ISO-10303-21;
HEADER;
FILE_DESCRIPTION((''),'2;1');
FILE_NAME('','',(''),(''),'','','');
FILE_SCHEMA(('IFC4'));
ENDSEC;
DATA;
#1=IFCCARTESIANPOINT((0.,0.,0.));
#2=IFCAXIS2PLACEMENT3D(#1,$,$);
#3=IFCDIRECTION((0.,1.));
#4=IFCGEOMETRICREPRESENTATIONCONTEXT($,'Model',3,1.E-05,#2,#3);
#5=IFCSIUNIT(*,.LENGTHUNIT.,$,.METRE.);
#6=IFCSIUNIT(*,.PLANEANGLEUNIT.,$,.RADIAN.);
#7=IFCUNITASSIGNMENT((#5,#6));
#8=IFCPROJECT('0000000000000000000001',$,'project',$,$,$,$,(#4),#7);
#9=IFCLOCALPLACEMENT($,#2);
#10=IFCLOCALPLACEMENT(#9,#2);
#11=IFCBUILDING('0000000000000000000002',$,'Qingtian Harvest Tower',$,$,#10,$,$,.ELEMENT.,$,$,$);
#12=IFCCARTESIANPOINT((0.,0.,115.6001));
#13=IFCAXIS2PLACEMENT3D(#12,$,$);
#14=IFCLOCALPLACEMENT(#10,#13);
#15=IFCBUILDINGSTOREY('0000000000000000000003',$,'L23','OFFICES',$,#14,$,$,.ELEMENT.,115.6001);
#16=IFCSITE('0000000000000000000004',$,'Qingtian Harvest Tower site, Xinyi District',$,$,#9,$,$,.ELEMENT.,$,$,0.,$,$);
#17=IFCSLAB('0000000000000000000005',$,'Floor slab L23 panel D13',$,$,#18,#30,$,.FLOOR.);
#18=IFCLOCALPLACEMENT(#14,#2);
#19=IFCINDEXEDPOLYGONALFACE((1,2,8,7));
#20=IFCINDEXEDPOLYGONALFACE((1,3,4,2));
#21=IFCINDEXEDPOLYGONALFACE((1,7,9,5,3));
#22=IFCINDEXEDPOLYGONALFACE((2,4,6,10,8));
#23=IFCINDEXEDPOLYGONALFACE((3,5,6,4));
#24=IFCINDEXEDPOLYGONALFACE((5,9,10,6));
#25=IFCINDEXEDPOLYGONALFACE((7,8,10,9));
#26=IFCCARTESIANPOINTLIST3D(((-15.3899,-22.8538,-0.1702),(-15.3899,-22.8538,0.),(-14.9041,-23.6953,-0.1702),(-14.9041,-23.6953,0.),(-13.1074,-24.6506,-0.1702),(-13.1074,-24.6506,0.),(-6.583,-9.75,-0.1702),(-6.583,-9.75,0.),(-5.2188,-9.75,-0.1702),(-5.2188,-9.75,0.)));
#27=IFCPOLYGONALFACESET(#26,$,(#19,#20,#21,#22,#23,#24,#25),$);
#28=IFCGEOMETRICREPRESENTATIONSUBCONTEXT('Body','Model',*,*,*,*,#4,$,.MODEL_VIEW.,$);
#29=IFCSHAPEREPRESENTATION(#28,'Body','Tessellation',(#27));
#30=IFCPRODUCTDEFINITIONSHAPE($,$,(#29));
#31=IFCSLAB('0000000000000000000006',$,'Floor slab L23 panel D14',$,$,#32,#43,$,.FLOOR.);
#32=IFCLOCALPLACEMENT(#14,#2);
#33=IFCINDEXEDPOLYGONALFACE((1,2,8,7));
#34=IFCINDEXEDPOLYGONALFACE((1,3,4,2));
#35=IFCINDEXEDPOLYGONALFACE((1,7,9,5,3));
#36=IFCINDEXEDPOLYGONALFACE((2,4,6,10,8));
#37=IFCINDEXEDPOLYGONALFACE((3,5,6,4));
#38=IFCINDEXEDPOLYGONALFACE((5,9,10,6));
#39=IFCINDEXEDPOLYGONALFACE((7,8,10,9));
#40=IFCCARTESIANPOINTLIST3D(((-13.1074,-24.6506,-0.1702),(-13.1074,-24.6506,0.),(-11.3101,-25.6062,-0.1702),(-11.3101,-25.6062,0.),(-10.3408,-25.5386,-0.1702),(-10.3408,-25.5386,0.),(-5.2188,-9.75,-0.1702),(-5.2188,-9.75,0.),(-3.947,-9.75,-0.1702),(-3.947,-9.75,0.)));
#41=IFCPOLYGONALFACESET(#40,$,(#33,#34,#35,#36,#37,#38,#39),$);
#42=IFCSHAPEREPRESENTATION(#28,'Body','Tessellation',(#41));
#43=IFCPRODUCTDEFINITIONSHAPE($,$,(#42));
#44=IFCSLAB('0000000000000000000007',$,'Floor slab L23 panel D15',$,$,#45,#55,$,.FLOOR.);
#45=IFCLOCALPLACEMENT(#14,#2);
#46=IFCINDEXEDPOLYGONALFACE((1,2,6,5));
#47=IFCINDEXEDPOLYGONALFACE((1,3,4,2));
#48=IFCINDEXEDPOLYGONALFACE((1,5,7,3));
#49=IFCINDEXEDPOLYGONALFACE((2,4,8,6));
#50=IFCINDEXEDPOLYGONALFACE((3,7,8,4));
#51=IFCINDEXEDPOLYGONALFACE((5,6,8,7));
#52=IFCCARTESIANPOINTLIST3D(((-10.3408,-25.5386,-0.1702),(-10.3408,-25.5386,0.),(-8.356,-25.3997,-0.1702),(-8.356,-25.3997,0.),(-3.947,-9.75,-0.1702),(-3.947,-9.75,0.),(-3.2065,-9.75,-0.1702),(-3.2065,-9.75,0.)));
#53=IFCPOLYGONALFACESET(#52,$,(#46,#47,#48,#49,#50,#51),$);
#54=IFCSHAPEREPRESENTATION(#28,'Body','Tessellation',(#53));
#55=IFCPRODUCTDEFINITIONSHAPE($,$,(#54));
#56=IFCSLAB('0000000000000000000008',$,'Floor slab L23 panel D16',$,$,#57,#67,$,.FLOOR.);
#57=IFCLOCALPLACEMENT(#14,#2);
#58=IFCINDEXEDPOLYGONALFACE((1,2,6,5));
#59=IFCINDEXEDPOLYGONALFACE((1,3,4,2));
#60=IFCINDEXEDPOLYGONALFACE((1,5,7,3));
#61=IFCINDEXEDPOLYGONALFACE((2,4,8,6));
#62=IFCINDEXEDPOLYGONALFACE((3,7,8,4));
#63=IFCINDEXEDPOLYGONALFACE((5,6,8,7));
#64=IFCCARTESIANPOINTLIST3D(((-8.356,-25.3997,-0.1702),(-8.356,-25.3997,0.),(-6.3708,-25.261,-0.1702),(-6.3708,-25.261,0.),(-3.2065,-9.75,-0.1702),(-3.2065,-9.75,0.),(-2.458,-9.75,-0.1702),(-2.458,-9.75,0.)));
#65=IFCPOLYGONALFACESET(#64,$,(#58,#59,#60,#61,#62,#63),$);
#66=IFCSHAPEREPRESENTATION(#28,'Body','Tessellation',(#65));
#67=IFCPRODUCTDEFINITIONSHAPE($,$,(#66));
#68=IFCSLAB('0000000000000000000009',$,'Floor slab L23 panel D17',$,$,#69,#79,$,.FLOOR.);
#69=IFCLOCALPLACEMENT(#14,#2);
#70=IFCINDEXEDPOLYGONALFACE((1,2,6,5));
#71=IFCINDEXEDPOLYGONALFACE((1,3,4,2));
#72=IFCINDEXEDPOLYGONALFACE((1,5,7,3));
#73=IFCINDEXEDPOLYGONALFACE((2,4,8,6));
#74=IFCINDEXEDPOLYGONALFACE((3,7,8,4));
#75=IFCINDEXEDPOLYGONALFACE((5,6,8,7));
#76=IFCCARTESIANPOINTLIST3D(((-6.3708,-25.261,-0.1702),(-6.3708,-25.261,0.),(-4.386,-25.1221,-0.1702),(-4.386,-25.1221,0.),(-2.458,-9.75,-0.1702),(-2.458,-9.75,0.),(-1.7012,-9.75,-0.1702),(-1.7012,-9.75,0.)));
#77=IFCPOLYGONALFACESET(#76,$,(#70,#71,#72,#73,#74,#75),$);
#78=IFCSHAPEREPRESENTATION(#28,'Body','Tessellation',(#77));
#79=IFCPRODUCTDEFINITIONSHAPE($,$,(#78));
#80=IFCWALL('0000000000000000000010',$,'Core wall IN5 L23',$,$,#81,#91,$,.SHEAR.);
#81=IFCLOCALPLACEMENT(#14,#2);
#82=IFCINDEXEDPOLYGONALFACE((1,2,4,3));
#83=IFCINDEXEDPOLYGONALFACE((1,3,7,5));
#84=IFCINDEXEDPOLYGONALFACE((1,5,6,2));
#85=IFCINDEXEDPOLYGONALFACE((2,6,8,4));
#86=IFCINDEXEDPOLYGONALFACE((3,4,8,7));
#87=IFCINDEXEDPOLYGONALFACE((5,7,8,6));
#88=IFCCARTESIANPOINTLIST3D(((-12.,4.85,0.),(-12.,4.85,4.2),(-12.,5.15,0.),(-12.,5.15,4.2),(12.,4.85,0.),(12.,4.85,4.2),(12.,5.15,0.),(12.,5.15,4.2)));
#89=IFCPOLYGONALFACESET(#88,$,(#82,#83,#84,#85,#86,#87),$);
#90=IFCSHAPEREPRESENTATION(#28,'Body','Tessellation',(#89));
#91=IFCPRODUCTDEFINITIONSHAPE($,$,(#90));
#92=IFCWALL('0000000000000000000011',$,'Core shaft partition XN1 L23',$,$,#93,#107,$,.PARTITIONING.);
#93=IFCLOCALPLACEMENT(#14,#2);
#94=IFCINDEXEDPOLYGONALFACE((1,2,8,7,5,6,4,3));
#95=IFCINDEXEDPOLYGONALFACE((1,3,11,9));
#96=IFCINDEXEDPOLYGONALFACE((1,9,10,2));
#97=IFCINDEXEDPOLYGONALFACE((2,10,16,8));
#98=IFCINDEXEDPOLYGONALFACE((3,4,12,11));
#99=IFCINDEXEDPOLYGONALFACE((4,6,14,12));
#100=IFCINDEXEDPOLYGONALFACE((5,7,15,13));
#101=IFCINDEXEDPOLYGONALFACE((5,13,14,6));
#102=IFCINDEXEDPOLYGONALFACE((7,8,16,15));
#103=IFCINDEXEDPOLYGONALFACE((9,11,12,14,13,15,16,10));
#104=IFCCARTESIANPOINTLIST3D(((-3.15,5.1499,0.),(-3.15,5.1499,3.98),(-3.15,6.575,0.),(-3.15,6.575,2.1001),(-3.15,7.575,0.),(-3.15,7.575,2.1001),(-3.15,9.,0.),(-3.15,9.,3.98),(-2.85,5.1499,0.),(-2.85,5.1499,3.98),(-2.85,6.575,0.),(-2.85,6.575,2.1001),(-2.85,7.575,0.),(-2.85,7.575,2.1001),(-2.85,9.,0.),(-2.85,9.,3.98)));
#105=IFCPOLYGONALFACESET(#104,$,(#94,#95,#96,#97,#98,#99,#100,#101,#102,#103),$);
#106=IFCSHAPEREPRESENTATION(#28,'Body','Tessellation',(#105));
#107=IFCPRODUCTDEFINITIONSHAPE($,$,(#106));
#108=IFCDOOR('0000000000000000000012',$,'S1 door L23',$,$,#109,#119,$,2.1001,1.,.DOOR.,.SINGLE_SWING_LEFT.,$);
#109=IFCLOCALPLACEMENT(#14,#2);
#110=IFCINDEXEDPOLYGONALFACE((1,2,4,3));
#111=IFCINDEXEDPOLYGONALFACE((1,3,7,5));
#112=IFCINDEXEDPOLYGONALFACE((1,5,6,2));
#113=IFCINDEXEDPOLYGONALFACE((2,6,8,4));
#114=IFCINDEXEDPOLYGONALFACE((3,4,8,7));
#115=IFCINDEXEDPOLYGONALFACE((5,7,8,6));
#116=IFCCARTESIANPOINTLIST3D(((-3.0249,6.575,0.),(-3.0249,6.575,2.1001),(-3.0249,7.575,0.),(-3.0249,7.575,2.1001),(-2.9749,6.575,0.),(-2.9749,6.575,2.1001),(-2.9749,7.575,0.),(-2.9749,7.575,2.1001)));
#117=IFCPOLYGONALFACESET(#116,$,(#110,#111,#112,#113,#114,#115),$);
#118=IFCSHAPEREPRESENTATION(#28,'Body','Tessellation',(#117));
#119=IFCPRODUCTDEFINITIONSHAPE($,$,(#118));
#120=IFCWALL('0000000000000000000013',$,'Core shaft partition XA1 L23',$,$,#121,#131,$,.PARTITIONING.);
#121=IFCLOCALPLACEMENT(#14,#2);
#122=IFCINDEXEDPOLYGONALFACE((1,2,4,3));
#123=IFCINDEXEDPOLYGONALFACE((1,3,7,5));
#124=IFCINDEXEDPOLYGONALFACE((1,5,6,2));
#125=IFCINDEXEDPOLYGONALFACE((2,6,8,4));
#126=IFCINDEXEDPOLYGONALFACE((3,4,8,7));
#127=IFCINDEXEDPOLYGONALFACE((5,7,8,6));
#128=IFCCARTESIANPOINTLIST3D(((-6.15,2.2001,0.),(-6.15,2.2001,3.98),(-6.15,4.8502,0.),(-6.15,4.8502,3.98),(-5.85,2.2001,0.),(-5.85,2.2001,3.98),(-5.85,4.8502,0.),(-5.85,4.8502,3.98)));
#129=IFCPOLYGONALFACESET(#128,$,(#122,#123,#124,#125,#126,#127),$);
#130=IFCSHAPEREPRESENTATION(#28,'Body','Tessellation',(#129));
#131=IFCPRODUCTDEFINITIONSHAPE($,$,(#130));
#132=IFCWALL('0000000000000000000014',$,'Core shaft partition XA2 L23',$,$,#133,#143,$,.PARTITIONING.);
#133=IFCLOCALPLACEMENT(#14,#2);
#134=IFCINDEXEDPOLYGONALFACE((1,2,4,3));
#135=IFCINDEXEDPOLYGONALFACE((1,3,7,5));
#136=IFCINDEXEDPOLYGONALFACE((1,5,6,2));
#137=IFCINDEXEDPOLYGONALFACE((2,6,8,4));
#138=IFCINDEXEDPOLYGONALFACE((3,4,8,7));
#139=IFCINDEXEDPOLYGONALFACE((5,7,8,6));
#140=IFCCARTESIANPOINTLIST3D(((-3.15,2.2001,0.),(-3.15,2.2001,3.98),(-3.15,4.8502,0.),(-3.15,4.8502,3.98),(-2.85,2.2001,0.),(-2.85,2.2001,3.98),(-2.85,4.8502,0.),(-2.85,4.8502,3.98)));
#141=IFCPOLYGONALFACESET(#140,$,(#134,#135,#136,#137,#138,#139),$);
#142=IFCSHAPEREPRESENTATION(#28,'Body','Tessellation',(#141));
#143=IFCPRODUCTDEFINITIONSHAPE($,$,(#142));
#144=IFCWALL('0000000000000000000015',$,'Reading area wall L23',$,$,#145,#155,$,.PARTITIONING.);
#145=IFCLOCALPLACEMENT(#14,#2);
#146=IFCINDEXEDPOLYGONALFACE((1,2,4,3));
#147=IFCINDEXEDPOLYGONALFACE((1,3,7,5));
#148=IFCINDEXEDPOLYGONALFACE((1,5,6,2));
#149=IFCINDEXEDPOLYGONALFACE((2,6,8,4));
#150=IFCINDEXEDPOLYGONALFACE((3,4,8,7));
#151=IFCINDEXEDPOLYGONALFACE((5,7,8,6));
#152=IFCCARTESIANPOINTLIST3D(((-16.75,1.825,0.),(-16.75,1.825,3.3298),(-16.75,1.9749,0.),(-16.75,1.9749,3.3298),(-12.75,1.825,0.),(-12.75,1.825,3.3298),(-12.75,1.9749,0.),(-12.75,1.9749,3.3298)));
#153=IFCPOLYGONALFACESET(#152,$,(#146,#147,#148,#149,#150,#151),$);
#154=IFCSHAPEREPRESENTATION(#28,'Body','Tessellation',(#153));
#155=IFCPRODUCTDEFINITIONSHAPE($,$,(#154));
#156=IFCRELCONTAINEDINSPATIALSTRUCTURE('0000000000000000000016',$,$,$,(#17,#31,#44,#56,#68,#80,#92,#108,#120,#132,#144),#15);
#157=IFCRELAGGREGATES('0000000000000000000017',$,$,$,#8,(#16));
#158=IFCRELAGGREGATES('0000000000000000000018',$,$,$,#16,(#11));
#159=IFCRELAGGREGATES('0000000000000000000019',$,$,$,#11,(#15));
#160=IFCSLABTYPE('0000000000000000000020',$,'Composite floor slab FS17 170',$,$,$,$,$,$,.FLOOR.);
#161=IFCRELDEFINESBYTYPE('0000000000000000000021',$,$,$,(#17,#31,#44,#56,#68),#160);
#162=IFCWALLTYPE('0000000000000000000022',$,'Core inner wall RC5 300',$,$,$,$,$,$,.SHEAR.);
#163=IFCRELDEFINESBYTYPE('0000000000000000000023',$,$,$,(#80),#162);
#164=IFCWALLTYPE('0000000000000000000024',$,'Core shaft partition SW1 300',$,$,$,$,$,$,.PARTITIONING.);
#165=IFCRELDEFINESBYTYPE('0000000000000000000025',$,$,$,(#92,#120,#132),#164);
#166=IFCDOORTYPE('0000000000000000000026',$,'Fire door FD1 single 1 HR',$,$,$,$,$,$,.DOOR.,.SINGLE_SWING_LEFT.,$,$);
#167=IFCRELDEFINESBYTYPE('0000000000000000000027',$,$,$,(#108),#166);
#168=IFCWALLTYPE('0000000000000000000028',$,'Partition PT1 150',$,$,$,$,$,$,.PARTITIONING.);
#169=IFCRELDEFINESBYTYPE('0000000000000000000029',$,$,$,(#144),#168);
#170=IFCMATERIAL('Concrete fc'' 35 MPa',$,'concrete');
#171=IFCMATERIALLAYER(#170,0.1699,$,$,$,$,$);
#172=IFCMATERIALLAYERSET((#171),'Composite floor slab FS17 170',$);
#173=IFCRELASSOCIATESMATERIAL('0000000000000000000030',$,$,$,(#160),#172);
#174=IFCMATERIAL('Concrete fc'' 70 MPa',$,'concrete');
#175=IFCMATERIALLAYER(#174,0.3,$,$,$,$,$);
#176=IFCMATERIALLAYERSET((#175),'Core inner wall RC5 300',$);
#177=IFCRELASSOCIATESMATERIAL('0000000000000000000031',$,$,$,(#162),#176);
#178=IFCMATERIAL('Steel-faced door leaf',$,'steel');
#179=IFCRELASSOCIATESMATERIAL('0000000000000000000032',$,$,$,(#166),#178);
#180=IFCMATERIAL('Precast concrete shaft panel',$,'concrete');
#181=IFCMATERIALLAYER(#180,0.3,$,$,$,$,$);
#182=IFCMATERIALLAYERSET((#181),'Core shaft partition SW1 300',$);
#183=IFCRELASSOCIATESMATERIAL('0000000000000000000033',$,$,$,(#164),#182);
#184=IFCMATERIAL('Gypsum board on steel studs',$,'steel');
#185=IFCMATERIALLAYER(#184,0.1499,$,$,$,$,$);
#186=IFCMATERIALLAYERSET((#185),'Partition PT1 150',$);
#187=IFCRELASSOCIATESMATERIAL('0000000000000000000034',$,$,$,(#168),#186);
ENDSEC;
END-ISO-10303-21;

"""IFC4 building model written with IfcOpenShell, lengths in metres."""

from ifc_helpers import new_model, si_unit, direction, frame, frame_2d, origin, place, context, subcontext, project, spatial, polyline, rectangle, outline, extrude, material, layer, layer_set, type_object, element, fill, save


model = new_model("IFC4")

# Units and contexts
model_context = context("Model", 3, precision=1e-05, world=origin(), true_north=direction((0.0, 1.0)))
body_context = subcontext(model_context, "Body", "Model", "MODEL_VIEW")
ifc_project = project(units=[si_unit("LENGTHUNIT", "METRE"), si_unit("PLANEANGLEUNIT", "RADIAN")], contexts=[model_context])

# Site, building, storey
site_placement = place(None, origin())
site = spatial("IfcSite", under=ifc_project, at=site_placement, Name="Qingtian Harvest Tower site, Xinyi District", CompositionType="ELEMENT", RefElevation=0.0)
building_placement = place(site_placement, origin())
building = spatial("IfcBuilding", under=site, at=building_placement, Name="Qingtian Harvest Tower", CompositionType="ELEMENT")
storey_placement = place(building_placement, frame((0.0, 0.0, 115.6001)))
storey = spatial("IfcBuildingStorey", under=building, at=storey_placement, Name="L23", Description="OFFICES", CompositionType="ELEMENT", Elevation=115.6001)

# Slabs
ifc_material_1 = material(Name="Concrete fc' 35 MPa", Category="concrete")
ifc_layer_1 = layer(ifc_material_1, 0.1699)
ifc_layer_set_1 = layer_set([ifc_layer_1], Name="Composite floor slab FS17 170")
slab_type = type_object("IfcSlabType", Name="Composite floor slab FS17 170", PredefinedType="FLOOR", material=ifc_layer_set_1)
slab_1_placement = place(storey_placement, frame((0.0, 0.0, -0.1702)))
element("IfcSlab", 1, at=slab_1_placement, inside=storey, type_object=slab_type, Name="Floor slab L23 panel D13", PredefinedType="FLOOR", context=body_context, shape_type="SweptSolid", body=[
    extrude(outline(polyline([(-6.583, -9.75), (-5.2188, -9.75), (-13.1074, -24.6506), (-14.9041, -23.6953), (-15.3899, -22.8538), (-6.583, -9.75)])), origin(), (0.0, 0.0, 1.0), 0.1702),
])
slab_2_placement = place(storey_placement, frame((0.0, 0.0, -0.1702)))
element("IfcSlab", 2, at=slab_2_placement, inside=storey, type_object=slab_type, Name="Floor slab L23 panel D14", PredefinedType="FLOOR", context=body_context, shape_type="SweptSolid", body=[
    extrude(outline(polyline([(-5.2188, -9.75), (-3.947, -9.75), (-10.3408, -25.5386), (-11.3101, -25.6062), (-13.1074, -24.6506), (-5.2188, -9.75)])), origin(), (0.0, 0.0, 1.0), 0.1702),
])
slab_3_placement = place(storey_placement, frame((0.0, 0.0, -0.1702)))
element("IfcSlab", 3, at=slab_3_placement, inside=storey, type_object=slab_type, Name="Floor slab L23 panel D15", PredefinedType="FLOOR", context=body_context, shape_type="SweptSolid", body=[
    extrude(outline(polyline([(-3.2065, -9.75), (-8.356, -25.3997), (-10.3408, -25.5386), (-3.947, -9.75), (-3.2065, -9.75)])), origin(), (0.0, 0.0, 1.0), 0.1702),
])
slab_4_placement = place(storey_placement, frame((0.0, 0.0, -0.1702)))
element("IfcSlab", 4, at=slab_4_placement, inside=storey, type_object=slab_type, Name="Floor slab L23 panel D16", PredefinedType="FLOOR", context=body_context, shape_type="SweptSolid", body=[
    extrude(outline(polyline([(-2.458, -9.75), (-6.3708, -25.261), (-8.356, -25.3997), (-3.2065, -9.75), (-2.458, -9.75)])), origin(), (0.0, 0.0, 1.0), 0.1702),
])
slab_5_placement = place(storey_placement, frame((0.0, 0.0, -0.1702)))
element("IfcSlab", 5, at=slab_5_placement, inside=storey, type_object=slab_type, Name="Floor slab L23 panel D17", PredefinedType="FLOOR", context=body_context, shape_type="SweptSolid", body=[
    extrude(outline(polyline([(-1.7012, -9.75), (-4.386, -25.1221), (-6.3708, -25.261), (-2.458, -9.75), (-1.7012, -9.75)])), origin(), (0.0, 0.0, 1.0), 0.1702),
])

# Wall
ifc_material_2 = material(Name="Concrete fc' 70 MPa", Category="concrete")
ifc_layer_2 = layer(ifc_material_2, 0.3)
ifc_layer_set_2 = layer_set([ifc_layer_2], Name="Core inner wall RC5 300")
wall_type_1 = type_object("IfcWallType", Name="Core inner wall RC5 300", PredefinedType="SHEAR", material=ifc_layer_set_2)
wall_1_placement = place(storey_placement, frame((-12.0, 5.0, 0.0), z_axis=(0.0, 0.0, 1.0), x_axis=(1.0, 0.0, 0.0)))
element("IfcWall", 6, at=wall_1_placement, inside=storey, type_object=wall_type_1, Name="Core wall IN5 L23", PredefinedType="SHEAR", context=body_context, shape_type="SweptSolid", body=[
    extrude(rectangle(XDim=24.0, YDim=0.3, at=frame_2d((12.0, 0.0))), origin(), (0.0, 0.0, 1.0), 4.2),
])

# Shared definitions
ifc_material_3 = material(Name="Steel-faced door leaf", Category="steel")
door_type_1 = type_object("IfcDoorType", Name="Fire door FD1 single 1 HR", OperationType="SINGLE_SWING_LEFT", PredefinedType="DOOR", material=ifc_material_3)

# Wall, opening, door
ifc_material_4 = material(Name="Precast concrete shaft panel", Category="concrete")
ifc_layer_3 = layer(ifc_material_4, 0.3)
ifc_layer_set_3 = layer_set([ifc_layer_3], Name="Core shaft partition SW1 300")
wall_type_2 = type_object("IfcWallType", Name="Core shaft partition SW1 300", PredefinedType="PARTITIONING", material=ifc_layer_set_3)
wall_2_placement = place(storey_placement, frame((-3.0, 5.1499, 0.0), z_axis=(0.0, 0.0, 1.0), x_axis=(0.0, 1.0, 0.0)))
wall_2 = element("IfcWall", 7, at=wall_2_placement, inside=storey, type_object=wall_type_2, Name="Core shaft partition XN1 L23", PredefinedType="PARTITIONING", context=body_context, shape_type="SweptSolid", body=[
    extrude(rectangle(XDim=3.8501, YDim=0.3, at=frame_2d((1.925, 0.0))), origin(), (0.0, 0.0, 1.0), 3.98),
])
opening_1_placement = place(wall_2_placement, frame((1.425, 0.0, 0.0)))
opening_1 = element("IfcOpeningElement", 8, at=opening_1_placement, cuts=wall_2, PredefinedType="OPENING", context=body_context, shape_type="SweptSolid", body=[
    extrude(rectangle(XDim=1.0, YDim=2.1001, at=frame_2d((0.5, 1.05))), frame((0.0, 0.1599, 0.0), z_axis=(0.0, -1.0, 0.0), x_axis=(1.0, 0.0, 0.0)), (0.0, 0.0, 1.0), 0.3201),
])
door_1_placement = place(opening_1_placement, origin())
door_1 = element("IfcDoor", 9, at=door_1_placement, inside=storey, type_object=door_type_1, Name="S1 door L23", OperationType="SINGLE_SWING_LEFT", OverallHeight=2.1001, OverallWidth=1.0, PredefinedType="DOOR", context=body_context, shape_type="SweptSolid", body=[
    extrude(rectangle(XDim=1.0, YDim=2.1001, at=frame_2d((0.5, 1.05))), frame((0.0, 0.0249, 0.0), z_axis=(0.0, -1.0, 0.0), x_axis=(1.0, 0.0, 0.0)), (0.0, 0.0, 1.0), 0.05),
])
fill(opening_1, door_1)

# Walls
for number, where, z_axis, x_axis, name in (
    (10, (-6.0, 2.2, 0.0), (0.0, 0.0, 1.0), (0.0, 1.0, 0.0), "Core shaft partition XA1 L23"),
    (11, (-3.0, 2.2, 0.0), (0.0, 0.0, 1.0), (0.0, 1.0, 0.0), "Core shaft partition XA2 L23"),
):
    element("IfcWall", number, at=place(storey_placement, frame(where, z_axis=z_axis, x_axis=x_axis)), inside=storey, type_object=wall_type_2, Name=name, PredefinedType="PARTITIONING", context=body_context, shape_type="SweptSolid", body=[
        extrude(rectangle(XDim=2.6501, YDim=0.3, at=frame_2d((1.3252, 0.0))), origin(), (0.0, 0.0, 1.0), 3.98),
    ])
ifc_material_5 = material(Name="Gypsum board on steel studs", Category="steel")
ifc_layer_4 = layer(ifc_material_5, 0.1499)
ifc_layer_set_4 = layer_set([ifc_layer_4], Name="Partition PT1 150")
wall_type_3 = type_object("IfcWallType", Name="Partition PT1 150", PredefinedType="PARTITIONING", material=ifc_layer_set_4)
wall_3_placement = place(storey_placement, frame((-12.75, 1.8999, 0.0), z_axis=(0.0, 0.0, 1.0), x_axis=(-1.0, 0.0, 0.0)))
element("IfcWall", 12, at=wall_3_placement, inside=storey, type_object=wall_type_3, Name="Reading area wall L23", PredefinedType="PARTITIONING", context=body_context, shape_type="SweptSolid", body=[
    extrude(rectangle(XDim=4.0, YDim=0.1499, at=frame_2d((2.0, 0.0))), origin(), (0.0, 0.0, 1.0), 3.3298),
])

save(model, "model.ifc")
